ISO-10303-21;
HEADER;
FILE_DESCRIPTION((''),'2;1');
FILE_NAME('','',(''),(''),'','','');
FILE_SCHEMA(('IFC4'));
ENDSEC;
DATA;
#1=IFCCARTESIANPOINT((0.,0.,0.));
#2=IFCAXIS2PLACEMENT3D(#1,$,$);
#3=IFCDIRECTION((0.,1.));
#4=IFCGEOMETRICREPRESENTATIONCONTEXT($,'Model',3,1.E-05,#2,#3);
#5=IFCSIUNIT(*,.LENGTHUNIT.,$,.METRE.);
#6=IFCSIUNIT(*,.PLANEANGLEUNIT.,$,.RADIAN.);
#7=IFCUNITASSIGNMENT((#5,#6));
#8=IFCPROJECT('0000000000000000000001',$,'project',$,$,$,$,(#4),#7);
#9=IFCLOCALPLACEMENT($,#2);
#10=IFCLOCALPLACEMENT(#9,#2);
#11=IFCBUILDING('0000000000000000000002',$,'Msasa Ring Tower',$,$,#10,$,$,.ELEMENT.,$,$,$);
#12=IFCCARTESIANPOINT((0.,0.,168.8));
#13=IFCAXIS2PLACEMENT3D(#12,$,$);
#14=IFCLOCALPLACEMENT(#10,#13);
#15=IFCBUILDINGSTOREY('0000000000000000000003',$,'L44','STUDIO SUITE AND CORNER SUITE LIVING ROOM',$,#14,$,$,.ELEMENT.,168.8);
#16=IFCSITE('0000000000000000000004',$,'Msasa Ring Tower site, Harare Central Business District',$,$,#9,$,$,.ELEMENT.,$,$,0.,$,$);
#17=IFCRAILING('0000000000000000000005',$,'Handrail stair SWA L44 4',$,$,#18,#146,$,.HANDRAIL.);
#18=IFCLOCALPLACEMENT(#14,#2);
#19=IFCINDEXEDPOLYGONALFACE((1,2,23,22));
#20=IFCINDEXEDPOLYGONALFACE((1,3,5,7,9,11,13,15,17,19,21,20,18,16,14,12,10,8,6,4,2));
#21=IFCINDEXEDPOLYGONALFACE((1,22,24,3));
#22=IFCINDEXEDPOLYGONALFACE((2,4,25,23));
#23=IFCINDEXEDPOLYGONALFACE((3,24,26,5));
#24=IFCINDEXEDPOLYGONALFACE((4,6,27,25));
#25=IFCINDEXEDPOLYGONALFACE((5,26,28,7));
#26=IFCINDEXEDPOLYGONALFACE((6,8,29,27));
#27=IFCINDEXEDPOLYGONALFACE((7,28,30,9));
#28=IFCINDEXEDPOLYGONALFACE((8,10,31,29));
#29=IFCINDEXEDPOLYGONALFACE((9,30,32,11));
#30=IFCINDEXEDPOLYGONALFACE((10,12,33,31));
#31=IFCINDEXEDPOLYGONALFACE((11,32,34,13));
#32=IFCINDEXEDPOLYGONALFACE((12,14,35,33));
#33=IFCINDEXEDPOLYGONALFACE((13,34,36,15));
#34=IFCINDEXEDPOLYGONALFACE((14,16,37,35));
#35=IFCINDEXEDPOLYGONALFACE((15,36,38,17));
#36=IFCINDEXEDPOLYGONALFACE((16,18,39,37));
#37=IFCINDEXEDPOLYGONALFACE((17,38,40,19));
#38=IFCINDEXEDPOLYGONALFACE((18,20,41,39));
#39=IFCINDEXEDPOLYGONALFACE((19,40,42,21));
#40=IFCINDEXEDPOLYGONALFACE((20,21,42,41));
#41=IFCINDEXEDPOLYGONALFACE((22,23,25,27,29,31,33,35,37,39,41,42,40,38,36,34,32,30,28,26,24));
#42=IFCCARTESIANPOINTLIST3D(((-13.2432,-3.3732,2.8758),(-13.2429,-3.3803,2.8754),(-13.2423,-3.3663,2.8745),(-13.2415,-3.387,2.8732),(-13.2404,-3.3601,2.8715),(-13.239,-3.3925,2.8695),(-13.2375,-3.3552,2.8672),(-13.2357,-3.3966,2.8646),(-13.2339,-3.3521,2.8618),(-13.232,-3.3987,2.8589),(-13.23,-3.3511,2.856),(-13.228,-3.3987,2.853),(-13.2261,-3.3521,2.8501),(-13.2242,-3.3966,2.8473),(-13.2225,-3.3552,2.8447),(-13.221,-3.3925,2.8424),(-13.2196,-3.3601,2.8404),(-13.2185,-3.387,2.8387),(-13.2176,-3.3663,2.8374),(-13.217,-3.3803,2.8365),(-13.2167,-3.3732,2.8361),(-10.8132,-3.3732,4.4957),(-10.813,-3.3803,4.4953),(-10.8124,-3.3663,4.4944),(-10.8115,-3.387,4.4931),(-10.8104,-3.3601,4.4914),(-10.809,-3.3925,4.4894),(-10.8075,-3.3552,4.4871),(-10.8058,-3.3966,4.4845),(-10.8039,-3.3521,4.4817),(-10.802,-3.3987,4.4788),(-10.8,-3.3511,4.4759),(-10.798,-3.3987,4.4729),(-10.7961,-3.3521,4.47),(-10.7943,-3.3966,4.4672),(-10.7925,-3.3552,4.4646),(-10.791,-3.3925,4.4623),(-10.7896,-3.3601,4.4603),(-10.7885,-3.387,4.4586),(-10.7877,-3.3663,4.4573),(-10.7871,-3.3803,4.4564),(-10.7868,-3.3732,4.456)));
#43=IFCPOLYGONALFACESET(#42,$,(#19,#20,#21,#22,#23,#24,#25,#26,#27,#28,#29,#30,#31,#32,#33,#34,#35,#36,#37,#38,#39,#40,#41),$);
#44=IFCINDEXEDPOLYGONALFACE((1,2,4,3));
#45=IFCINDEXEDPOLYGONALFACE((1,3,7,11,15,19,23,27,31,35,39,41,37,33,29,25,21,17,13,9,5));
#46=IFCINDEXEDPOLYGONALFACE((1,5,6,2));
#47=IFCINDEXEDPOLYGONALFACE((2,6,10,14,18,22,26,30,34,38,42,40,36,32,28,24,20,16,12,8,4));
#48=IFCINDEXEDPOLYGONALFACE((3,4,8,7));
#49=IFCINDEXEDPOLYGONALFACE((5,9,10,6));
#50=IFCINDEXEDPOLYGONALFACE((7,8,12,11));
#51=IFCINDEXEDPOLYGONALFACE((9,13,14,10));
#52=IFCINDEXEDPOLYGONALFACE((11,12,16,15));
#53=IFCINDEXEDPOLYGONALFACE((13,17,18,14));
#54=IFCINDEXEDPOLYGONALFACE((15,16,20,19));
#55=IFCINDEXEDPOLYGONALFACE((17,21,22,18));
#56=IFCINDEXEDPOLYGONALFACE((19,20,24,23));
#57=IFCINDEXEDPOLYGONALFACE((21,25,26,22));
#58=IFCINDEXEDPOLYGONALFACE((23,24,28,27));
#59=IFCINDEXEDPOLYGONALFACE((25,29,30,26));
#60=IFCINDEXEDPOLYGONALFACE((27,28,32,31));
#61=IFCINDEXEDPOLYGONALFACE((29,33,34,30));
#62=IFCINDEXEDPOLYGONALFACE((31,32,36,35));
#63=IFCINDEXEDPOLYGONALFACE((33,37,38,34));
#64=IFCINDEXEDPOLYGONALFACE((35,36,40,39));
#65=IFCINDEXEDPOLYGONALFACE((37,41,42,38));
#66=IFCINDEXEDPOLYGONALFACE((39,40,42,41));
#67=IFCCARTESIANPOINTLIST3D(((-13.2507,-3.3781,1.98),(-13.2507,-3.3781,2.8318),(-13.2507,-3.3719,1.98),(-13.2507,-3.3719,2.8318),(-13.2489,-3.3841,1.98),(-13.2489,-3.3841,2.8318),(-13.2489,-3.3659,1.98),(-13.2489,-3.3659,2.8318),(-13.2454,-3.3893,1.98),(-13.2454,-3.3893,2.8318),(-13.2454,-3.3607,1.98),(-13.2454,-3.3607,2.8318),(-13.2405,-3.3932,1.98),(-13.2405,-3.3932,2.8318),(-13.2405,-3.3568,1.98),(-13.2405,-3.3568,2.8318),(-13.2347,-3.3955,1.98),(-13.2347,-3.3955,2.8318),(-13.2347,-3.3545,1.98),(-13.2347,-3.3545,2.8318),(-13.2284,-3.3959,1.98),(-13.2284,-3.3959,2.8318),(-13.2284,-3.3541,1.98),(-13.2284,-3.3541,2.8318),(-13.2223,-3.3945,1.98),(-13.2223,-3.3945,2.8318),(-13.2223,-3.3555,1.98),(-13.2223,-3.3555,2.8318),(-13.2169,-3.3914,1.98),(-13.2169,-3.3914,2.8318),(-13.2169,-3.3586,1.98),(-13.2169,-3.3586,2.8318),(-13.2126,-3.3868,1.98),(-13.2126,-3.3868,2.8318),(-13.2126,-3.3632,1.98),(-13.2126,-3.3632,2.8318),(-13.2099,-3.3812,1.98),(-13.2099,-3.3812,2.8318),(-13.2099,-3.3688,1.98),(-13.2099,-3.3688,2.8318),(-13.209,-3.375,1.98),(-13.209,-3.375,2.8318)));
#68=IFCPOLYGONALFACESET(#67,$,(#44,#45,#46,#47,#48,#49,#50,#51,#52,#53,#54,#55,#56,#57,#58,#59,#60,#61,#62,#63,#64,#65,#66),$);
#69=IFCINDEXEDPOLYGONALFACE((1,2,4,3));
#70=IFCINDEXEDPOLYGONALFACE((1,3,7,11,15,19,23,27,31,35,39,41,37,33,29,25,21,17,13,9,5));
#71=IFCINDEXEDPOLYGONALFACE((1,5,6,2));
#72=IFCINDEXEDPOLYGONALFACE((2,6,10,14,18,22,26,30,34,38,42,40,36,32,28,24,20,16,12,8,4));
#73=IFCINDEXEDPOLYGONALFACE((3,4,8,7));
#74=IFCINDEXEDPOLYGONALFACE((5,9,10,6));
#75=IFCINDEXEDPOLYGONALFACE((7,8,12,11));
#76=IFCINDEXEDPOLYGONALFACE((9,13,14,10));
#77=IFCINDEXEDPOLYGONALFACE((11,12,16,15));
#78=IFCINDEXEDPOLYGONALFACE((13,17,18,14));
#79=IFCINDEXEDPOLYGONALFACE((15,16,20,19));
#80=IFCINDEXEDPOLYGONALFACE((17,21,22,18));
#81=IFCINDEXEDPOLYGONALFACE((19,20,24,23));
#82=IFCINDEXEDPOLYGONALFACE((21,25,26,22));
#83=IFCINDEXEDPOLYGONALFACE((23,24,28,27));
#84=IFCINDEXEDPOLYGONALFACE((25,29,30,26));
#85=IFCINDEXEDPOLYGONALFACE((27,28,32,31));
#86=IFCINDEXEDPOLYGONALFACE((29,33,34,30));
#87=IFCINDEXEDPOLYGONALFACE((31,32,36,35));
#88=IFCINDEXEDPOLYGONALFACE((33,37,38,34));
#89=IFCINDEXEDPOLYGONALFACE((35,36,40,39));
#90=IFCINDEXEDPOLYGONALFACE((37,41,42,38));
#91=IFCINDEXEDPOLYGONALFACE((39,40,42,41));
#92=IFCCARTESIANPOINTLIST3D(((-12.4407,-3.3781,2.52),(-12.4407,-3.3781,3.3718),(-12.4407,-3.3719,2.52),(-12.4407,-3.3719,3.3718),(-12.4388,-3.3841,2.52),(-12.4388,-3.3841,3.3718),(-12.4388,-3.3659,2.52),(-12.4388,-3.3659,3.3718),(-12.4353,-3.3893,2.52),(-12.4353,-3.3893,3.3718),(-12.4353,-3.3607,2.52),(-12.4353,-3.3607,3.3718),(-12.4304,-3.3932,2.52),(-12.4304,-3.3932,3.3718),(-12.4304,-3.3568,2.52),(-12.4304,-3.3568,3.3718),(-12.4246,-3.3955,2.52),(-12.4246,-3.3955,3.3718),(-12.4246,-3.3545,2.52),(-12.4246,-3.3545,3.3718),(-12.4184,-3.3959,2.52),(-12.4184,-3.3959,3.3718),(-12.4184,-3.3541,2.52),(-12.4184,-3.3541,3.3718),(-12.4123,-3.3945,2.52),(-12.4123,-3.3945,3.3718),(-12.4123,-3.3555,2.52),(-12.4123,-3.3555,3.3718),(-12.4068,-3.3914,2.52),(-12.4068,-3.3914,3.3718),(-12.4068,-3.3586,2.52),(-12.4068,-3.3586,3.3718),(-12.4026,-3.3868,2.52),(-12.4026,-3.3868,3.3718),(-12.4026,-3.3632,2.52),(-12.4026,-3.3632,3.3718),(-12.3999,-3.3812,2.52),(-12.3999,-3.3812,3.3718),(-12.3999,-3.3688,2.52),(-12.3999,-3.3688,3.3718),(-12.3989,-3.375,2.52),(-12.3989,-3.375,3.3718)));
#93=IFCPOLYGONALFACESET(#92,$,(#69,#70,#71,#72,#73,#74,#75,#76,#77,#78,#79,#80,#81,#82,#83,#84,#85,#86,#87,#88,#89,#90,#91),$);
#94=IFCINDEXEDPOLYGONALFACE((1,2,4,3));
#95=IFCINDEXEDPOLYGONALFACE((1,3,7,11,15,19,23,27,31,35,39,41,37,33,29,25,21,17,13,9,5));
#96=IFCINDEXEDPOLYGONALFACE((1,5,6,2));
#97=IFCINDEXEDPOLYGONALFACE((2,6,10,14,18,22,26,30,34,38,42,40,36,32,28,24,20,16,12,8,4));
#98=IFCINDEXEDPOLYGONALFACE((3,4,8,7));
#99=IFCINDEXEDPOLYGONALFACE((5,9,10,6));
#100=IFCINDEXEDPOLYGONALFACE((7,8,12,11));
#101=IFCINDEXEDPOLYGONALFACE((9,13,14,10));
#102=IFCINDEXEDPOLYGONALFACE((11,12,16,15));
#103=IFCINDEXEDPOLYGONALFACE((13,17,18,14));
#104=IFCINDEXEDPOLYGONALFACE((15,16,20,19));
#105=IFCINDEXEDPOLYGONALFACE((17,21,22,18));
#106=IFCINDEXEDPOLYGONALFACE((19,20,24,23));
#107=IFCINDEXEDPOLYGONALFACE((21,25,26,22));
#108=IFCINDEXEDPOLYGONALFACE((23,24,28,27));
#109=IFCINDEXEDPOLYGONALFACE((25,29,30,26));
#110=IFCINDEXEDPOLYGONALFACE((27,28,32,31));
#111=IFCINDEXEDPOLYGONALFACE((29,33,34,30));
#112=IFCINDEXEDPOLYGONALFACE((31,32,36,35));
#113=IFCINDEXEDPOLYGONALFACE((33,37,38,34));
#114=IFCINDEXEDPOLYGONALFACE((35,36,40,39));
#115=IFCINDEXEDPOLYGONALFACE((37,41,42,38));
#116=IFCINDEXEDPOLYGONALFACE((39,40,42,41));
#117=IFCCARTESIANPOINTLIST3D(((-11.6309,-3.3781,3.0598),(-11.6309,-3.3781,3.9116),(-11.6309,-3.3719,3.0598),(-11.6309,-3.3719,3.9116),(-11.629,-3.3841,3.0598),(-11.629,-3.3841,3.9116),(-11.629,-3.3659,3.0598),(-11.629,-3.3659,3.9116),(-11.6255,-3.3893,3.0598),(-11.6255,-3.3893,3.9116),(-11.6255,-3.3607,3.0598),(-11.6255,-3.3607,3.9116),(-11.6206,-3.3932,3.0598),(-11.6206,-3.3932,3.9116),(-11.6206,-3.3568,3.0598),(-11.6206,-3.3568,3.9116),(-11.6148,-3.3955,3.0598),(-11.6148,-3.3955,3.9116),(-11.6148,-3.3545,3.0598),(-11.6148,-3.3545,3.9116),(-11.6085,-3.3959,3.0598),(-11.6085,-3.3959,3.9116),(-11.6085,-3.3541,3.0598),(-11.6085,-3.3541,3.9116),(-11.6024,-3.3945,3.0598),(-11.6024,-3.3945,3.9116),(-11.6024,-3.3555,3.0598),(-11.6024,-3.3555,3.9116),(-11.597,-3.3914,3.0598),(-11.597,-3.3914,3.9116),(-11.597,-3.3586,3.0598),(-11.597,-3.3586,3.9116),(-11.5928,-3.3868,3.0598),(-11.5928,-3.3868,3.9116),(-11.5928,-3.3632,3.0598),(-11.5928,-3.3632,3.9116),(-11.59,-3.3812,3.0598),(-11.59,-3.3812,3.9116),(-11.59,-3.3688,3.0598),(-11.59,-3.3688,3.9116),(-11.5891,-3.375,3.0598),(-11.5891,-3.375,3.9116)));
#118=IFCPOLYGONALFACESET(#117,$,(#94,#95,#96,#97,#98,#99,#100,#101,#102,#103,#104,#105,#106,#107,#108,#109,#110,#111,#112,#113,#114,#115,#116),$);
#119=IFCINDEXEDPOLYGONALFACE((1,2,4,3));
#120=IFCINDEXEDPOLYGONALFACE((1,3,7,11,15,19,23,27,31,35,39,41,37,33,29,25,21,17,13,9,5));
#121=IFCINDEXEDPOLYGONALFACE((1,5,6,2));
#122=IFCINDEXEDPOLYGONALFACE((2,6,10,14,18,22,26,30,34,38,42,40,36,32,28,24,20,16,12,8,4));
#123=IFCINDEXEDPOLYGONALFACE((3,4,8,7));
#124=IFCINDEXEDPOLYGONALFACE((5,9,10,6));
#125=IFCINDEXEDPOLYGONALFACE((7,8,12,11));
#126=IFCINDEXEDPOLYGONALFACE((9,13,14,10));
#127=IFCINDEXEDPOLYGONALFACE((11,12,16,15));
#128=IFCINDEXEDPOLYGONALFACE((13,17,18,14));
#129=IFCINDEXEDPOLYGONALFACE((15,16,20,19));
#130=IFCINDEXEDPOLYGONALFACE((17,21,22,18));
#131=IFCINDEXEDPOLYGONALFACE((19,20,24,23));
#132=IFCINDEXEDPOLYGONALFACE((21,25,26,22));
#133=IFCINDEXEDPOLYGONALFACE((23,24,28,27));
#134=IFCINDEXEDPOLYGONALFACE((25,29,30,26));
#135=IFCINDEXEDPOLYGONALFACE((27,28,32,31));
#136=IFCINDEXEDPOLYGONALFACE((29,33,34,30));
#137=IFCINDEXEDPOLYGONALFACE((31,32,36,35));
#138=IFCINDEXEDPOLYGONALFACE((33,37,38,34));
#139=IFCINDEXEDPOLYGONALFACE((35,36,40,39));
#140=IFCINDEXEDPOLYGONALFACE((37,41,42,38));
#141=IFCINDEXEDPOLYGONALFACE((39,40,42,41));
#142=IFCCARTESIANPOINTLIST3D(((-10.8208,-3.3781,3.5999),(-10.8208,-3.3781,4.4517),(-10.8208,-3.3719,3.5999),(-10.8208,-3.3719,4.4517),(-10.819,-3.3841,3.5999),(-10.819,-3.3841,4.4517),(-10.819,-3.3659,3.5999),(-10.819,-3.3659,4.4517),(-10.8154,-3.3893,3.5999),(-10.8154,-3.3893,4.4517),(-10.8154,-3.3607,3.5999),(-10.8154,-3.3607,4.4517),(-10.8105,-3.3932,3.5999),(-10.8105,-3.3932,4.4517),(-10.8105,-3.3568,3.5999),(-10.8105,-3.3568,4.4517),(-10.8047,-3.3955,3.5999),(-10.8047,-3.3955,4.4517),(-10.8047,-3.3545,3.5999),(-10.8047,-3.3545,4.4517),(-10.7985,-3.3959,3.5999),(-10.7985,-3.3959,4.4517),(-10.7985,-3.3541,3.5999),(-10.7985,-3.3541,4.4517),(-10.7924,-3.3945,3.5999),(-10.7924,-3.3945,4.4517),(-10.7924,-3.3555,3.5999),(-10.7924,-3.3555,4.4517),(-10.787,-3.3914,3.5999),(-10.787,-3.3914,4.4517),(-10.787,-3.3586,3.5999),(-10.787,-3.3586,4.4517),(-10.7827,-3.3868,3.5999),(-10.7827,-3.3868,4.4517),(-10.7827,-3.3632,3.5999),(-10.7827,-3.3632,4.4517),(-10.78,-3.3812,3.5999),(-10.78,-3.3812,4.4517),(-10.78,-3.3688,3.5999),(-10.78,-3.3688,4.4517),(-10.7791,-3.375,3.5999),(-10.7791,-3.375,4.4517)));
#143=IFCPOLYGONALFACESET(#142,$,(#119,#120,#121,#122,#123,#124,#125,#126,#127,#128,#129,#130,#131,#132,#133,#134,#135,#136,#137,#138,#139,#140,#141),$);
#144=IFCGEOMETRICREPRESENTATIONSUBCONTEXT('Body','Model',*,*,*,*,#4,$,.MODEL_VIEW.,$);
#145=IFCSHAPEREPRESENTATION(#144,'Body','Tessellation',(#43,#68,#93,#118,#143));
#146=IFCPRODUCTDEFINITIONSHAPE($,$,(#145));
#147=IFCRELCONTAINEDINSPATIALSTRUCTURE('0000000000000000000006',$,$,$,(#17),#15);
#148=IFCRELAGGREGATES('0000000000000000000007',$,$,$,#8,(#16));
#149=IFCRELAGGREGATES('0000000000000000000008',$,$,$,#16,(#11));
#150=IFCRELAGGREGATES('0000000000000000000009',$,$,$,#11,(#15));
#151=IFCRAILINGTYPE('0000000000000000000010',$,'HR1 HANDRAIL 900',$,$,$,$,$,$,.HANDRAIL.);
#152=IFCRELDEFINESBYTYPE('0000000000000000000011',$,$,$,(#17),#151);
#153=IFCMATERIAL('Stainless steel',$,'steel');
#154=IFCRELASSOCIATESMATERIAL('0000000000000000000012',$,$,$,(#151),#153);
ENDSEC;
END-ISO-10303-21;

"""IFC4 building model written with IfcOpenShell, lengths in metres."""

from ifc_helpers import new_model, si_unit, direction, frame, origin, origin_2d, place, context, subcontext, project, spatial, circle, extrude, material, type_object, element, save


model = new_model("IFC4")

# Units and contexts
model_context = context("Model", 3, precision=1e-05, world=origin(), true_north=direction((0.0, 1.0)))
body_context = subcontext(model_context, "Body", "Model", "MODEL_VIEW")
ifc_project = project(units=[si_unit("LENGTHUNIT", "METRE"), si_unit("PLANEANGLEUNIT", "RADIAN")], contexts=[model_context])

# Site, building, storey
site_placement = place(None, origin())
site = spatial("IfcSite", under=ifc_project, at=site_placement, Name="Msasa Ring Tower site, Harare Central Business District", CompositionType="ELEMENT", RefElevation=0.0)
building_placement = place(site_placement, origin())
building = spatial("IfcBuilding", under=site, at=building_placement, Name="Msasa Ring Tower", CompositionType="ELEMENT")
storey_placement = place(building_placement, frame((0.0, 0.0, 168.8)))
storey = spatial("IfcBuildingStorey", under=building, at=storey_placement, Name="L44", Description="STUDIO SUITE AND CORNER SUITE LIVING ROOM", CompositionType="ELEMENT", Elevation=168.8)

# Railing
ifc_material_1 = material(Name="Stainless steel", Category="steel")
railing_type = type_object("IfcRailingType", Name="HR1 HANDRAIL 900", PredefinedType="HANDRAIL", material=ifc_material_1)
for number, where, name in (
    (1, (-13.23, -3.375, 1.98), "Handrail stair SWA L44 4"),
):
    element("IfcRailing", number, at=place(storey_placement, frame(where)), inside=storey, type_object=railing_type, Name=name, PredefinedType="HANDRAIL", context=body_context, shape_type="SweptSolid", body=[
        extrude(circle(Radius=0.0239, at=origin_2d()), frame((0.0, 0.0, 0.876), z_axis=(0.832063, 0.0, 0.554681), x_axis=(0.0, 1.0, 0.0)), (0.0, 0.0, 1.0), 2.9204),
        extrude(circle(Radius=0.021, at=origin_2d()), origin(), (0.0, 0.0, 1.0), 0.8518),
        extrude(circle(Radius=0.021, at=origin_2d()), frame((0.8101, 0.0, 0.54)), (0.0, 0.0, 1.0), 0.8518),
        extrude(circle(Radius=0.021, at=origin_2d()), frame((1.6199, 0.0, 1.0798)), (0.0, 0.0, 1.0), 0.8518),
        extrude(circle(Radius=0.021, at=origin_2d()), frame((2.4299, 0.0, 1.6199)), (0.0, 0.0, 1.0), 0.8518),
    ])

save(model, "model.ifc")
